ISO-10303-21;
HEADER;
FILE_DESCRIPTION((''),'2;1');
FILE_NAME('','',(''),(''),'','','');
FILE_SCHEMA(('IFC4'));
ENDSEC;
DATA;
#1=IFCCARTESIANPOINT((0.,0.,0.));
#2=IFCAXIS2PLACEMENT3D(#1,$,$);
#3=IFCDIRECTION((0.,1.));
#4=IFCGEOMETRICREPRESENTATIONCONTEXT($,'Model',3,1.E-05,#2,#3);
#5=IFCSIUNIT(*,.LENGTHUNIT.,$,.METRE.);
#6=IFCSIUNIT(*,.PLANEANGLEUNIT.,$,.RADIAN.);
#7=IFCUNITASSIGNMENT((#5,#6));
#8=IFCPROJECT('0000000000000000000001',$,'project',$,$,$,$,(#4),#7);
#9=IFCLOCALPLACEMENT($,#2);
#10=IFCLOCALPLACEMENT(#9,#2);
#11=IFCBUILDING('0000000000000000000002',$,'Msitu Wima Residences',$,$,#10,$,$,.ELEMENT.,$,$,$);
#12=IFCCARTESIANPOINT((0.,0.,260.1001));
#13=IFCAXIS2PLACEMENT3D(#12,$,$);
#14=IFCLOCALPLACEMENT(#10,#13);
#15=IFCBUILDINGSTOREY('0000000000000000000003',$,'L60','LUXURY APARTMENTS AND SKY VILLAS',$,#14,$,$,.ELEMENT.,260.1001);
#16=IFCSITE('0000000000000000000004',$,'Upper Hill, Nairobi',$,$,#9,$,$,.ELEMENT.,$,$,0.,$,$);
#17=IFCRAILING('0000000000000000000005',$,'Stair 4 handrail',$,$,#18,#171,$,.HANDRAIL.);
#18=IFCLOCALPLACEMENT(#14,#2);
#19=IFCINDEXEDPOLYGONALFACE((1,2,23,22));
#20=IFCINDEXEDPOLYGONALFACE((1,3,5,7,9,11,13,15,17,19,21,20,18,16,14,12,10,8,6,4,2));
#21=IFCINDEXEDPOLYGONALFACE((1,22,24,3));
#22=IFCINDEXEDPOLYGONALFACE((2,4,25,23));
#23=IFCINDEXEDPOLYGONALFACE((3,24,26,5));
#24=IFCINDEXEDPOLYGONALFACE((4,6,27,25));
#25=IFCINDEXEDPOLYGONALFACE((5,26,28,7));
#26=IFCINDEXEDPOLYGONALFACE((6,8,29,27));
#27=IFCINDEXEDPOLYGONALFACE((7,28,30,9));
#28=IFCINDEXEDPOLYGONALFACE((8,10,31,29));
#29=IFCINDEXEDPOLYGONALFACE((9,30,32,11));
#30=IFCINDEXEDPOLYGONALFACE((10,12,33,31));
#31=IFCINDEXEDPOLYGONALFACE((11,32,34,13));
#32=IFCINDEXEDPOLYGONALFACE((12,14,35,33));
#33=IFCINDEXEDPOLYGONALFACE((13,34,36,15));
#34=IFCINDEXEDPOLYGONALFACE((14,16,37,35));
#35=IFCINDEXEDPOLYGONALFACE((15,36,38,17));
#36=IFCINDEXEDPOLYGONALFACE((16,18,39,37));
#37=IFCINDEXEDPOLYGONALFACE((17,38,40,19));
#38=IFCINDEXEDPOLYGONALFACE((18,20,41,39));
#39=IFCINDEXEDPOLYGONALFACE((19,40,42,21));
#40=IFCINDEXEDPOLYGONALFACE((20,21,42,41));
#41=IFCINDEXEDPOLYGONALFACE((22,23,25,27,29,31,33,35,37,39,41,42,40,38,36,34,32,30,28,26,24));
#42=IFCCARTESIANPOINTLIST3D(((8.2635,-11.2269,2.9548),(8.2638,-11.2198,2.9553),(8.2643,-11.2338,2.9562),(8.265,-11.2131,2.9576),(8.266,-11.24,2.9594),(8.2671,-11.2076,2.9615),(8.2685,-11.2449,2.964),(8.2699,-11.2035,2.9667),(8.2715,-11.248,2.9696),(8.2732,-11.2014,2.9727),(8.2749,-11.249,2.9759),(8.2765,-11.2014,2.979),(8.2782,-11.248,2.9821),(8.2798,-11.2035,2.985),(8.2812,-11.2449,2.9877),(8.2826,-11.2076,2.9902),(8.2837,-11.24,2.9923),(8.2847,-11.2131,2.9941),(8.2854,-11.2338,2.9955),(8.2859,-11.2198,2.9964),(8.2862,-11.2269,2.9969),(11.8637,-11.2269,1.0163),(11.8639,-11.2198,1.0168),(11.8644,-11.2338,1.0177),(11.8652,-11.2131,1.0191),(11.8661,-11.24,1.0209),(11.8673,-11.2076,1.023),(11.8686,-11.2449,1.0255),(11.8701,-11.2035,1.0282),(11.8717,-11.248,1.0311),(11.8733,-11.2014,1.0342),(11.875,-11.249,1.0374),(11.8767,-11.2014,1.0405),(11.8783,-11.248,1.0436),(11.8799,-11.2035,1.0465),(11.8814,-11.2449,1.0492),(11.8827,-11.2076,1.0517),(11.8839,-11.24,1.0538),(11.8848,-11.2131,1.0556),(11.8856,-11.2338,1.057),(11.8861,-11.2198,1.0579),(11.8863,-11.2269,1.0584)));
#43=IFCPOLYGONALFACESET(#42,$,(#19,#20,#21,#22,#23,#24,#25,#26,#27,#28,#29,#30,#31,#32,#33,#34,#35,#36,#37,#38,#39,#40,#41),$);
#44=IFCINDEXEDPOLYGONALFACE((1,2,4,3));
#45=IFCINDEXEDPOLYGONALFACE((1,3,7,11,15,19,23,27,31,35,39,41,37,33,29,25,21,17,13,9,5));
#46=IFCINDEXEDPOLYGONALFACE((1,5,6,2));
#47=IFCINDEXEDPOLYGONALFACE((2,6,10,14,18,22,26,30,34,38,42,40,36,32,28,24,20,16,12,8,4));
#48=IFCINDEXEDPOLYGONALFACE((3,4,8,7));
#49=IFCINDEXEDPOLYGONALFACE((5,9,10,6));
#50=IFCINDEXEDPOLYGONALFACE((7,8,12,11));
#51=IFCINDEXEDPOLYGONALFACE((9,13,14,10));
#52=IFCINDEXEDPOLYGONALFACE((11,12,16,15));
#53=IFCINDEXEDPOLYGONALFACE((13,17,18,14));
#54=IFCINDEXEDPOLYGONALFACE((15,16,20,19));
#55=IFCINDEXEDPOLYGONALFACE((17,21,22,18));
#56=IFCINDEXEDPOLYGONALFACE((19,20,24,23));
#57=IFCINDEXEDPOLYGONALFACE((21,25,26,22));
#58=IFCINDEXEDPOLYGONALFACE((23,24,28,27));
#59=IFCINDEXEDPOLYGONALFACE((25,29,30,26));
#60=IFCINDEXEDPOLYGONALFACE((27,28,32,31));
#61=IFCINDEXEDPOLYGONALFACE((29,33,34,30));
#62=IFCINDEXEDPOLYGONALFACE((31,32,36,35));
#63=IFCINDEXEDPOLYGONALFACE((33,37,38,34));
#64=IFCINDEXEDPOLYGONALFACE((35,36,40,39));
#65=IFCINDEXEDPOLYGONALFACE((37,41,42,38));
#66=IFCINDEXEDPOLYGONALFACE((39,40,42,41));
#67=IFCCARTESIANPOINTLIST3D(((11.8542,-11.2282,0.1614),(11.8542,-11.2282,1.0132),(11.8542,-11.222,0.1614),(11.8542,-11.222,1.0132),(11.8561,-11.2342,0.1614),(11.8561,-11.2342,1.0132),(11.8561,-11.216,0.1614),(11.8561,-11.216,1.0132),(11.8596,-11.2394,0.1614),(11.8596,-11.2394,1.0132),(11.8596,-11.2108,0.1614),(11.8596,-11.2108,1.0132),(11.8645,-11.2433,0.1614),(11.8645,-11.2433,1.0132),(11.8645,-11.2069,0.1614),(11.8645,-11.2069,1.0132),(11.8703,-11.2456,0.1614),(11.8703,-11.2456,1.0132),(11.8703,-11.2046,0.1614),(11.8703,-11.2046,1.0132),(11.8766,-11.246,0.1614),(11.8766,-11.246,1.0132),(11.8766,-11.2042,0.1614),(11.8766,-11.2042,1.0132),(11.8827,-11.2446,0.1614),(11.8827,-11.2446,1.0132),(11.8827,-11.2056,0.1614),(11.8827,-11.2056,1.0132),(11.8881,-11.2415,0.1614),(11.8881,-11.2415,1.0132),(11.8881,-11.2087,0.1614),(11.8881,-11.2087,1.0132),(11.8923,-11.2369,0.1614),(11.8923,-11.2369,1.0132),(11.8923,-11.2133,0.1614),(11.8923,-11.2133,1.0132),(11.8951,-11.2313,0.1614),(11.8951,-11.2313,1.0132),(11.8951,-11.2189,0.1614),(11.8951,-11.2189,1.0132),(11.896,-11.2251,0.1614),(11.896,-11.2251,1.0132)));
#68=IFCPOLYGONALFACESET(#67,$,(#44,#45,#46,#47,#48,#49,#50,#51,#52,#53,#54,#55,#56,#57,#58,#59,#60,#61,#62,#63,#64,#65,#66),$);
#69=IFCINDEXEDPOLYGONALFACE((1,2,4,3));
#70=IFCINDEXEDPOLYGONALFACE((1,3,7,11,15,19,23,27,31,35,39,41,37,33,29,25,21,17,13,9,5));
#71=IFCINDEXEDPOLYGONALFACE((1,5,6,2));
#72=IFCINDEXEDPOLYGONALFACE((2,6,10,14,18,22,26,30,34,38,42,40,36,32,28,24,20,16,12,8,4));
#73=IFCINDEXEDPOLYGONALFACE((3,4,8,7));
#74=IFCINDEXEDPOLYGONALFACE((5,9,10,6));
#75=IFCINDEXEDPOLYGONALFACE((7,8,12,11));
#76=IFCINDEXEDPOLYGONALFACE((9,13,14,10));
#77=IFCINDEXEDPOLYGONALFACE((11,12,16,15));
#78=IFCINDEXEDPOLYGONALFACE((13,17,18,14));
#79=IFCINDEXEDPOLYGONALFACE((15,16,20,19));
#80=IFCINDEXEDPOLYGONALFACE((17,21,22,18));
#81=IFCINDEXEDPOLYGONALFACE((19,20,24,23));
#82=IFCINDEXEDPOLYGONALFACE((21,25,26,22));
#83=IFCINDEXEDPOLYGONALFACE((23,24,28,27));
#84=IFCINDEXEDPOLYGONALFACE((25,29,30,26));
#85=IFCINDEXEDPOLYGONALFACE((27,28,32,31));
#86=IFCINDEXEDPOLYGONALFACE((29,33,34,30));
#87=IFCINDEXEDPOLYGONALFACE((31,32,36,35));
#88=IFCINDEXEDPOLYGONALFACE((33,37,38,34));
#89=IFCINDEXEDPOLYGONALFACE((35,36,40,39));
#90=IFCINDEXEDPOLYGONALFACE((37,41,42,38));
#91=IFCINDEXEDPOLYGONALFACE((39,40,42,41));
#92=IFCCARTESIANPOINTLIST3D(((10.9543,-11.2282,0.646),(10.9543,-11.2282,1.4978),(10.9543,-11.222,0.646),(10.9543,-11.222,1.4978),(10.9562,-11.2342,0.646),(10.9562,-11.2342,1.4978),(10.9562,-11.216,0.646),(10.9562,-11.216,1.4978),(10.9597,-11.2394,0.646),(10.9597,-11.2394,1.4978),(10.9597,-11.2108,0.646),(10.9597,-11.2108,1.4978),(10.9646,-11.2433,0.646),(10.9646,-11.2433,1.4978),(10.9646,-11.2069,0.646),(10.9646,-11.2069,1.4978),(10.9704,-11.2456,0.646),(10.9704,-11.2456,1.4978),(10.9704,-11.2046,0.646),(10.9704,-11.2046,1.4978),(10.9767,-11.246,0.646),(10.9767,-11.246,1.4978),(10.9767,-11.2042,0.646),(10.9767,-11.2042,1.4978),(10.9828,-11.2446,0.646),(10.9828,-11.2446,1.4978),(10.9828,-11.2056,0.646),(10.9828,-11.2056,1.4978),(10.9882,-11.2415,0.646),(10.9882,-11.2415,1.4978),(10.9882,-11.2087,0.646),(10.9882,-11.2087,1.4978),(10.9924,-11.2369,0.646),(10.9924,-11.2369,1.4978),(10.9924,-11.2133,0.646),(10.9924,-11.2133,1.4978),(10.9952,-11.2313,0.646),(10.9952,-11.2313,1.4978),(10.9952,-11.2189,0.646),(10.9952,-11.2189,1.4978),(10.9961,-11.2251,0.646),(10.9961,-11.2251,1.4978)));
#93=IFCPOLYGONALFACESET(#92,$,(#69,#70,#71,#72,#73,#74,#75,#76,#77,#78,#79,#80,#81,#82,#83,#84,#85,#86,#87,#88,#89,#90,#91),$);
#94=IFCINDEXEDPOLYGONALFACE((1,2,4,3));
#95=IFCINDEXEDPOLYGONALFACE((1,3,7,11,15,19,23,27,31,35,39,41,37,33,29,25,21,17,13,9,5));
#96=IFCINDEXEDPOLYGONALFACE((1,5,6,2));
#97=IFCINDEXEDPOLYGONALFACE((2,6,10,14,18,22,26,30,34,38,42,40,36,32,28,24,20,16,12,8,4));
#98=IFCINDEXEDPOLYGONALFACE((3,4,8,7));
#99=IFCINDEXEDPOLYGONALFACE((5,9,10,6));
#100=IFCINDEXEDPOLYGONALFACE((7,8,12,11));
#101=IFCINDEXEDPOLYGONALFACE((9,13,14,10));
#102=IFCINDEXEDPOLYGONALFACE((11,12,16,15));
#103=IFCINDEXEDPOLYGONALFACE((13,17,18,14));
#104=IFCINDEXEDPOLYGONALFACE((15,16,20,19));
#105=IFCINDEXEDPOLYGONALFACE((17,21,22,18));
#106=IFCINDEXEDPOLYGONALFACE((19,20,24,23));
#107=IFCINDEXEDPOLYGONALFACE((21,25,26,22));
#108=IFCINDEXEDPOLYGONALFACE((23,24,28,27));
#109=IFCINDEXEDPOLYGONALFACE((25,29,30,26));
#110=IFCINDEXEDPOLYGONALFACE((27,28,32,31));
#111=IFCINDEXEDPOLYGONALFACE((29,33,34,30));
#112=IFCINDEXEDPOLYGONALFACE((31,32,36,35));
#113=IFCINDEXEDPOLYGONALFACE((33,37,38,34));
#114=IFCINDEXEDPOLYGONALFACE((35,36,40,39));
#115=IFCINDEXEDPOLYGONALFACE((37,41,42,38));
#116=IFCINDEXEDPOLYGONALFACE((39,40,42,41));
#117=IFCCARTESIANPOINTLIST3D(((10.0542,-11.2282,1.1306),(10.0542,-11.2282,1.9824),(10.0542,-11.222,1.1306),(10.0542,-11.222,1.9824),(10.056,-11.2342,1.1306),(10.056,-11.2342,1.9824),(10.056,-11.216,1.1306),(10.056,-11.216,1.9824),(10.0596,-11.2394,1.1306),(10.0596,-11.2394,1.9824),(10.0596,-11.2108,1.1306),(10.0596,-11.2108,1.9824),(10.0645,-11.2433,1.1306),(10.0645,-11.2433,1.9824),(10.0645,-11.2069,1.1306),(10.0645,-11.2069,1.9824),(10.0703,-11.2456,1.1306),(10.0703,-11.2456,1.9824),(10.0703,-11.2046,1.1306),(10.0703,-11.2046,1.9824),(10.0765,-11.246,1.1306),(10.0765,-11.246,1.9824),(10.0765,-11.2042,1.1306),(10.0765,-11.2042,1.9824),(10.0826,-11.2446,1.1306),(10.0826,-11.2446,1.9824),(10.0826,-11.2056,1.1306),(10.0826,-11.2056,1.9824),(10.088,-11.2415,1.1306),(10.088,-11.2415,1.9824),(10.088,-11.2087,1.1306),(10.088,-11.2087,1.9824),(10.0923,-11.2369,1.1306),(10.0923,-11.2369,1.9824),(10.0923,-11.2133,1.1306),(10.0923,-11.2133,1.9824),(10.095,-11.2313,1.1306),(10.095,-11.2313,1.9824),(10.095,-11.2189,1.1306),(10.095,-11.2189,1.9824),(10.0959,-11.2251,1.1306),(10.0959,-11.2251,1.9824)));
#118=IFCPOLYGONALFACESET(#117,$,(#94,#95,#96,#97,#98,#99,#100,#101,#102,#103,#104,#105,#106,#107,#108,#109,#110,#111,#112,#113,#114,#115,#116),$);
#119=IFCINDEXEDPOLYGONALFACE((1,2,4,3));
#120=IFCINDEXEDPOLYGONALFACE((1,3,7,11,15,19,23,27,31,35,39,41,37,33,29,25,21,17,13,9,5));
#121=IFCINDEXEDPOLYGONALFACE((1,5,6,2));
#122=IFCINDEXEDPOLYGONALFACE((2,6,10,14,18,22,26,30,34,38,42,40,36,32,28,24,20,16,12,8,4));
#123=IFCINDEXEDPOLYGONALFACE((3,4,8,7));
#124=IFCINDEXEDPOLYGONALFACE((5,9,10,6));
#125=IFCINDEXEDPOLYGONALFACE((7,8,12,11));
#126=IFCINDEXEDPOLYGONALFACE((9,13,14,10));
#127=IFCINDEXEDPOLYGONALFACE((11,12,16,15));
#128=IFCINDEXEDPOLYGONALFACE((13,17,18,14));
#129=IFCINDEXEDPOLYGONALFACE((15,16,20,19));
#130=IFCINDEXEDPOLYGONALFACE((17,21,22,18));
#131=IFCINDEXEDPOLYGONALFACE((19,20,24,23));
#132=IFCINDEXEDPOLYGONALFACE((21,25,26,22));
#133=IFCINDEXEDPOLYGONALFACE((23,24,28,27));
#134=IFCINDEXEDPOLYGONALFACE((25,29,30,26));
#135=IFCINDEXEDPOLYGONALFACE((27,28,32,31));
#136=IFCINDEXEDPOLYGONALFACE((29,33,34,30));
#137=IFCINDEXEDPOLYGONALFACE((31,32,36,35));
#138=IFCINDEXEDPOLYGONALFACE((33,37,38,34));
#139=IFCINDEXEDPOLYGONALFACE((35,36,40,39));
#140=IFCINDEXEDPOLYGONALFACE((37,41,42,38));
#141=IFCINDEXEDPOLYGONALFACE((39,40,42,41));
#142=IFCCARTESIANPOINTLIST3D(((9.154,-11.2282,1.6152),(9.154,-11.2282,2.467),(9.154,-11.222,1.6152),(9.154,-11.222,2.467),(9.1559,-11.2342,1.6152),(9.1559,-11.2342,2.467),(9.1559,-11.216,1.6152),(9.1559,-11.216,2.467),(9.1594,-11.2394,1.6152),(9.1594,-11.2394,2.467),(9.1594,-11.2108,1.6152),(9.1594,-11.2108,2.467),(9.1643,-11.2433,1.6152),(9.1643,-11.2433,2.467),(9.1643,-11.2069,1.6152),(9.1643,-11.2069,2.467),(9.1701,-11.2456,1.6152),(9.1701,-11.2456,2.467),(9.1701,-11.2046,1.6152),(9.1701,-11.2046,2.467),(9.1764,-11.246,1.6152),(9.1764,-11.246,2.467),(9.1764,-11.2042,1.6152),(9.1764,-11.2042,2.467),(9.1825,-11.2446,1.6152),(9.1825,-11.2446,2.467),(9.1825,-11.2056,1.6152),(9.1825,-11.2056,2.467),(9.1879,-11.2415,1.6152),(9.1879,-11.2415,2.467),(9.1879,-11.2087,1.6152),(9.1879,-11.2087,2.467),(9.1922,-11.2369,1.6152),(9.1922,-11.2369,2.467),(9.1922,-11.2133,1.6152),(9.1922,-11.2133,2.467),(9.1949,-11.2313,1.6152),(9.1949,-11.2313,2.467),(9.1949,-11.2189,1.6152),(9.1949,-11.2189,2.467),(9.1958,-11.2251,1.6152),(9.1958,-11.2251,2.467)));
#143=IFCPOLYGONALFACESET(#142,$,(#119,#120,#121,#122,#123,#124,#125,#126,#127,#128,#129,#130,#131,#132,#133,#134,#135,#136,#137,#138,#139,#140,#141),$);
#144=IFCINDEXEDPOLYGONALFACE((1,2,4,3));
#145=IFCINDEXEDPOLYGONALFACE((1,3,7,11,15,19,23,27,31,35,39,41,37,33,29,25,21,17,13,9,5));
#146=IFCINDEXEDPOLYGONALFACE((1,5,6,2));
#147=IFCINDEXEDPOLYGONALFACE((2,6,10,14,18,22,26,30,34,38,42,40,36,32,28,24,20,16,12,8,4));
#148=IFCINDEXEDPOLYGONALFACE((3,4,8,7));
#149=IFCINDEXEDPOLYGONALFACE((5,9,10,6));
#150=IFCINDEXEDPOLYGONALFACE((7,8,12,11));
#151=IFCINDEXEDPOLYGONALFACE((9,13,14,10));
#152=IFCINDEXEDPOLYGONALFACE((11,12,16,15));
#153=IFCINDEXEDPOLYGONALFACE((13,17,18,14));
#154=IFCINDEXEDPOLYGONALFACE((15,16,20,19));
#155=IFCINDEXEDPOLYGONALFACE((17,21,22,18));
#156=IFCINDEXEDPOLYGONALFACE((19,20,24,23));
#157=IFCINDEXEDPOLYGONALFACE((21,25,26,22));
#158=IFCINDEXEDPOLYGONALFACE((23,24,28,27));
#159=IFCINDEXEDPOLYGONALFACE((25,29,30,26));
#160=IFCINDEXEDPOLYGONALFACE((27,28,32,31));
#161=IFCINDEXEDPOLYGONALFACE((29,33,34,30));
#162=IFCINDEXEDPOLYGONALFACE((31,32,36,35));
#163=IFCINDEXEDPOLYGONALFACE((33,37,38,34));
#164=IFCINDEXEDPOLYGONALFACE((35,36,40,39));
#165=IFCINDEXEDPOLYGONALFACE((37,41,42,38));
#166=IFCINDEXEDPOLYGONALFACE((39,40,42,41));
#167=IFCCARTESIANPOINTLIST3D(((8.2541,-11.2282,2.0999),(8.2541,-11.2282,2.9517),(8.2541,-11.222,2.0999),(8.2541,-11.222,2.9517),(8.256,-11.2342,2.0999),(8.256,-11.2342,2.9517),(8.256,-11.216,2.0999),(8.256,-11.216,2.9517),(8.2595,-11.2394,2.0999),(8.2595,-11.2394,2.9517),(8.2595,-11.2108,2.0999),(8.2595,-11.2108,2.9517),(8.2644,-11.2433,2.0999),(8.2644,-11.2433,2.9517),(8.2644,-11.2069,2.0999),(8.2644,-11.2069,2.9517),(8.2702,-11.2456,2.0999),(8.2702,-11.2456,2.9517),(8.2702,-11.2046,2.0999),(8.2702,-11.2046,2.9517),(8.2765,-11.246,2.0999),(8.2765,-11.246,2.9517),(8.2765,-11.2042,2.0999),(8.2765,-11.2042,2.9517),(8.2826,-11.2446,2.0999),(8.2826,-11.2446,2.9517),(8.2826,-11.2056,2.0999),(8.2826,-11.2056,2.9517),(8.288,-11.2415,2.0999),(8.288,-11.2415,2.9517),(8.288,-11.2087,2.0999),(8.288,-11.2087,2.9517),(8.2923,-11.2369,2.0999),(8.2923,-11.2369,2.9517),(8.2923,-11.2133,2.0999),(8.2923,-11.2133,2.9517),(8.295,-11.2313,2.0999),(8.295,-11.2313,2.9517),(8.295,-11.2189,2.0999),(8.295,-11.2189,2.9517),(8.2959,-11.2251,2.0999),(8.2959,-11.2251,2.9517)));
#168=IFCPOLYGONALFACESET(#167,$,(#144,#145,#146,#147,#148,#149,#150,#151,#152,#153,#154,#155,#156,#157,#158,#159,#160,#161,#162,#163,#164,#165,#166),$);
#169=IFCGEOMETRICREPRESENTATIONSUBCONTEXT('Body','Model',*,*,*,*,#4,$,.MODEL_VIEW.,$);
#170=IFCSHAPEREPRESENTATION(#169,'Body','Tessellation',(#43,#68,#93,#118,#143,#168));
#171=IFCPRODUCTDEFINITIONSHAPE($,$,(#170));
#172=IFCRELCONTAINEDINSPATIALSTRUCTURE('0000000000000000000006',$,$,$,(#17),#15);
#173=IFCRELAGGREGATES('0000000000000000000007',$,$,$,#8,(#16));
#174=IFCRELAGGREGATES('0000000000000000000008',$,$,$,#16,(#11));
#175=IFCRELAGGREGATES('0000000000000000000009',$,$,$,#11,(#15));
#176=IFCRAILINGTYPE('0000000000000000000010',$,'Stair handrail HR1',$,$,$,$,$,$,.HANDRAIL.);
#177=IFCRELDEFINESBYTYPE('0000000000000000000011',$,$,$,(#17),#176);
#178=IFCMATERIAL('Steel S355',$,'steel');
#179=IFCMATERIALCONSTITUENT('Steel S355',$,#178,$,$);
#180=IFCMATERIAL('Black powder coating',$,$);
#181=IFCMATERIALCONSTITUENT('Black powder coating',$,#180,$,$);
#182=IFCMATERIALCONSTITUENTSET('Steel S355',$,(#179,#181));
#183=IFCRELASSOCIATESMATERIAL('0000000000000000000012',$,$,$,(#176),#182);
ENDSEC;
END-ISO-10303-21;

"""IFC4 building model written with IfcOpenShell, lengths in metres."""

from ifc_helpers import new_model, si_unit, direction, frame, origin, origin_2d, place, context, subcontext, project, spatial, circle, extrude, material, constituent, constituent_set, type_object, element, save


model = new_model("IFC4")

# Units and contexts
model_context = context("Model", 3, precision=1e-05, world=origin(), true_north=direction((0.0, 1.0)))
body_context = subcontext(model_context, "Body", "Model", "MODEL_VIEW")
ifc_project = project(units=[si_unit("LENGTHUNIT", "METRE"), si_unit("PLANEANGLEUNIT", "RADIAN")], contexts=[model_context])

# Site, building, storey
site_placement = place(None, origin())
site = spatial("IfcSite", under=ifc_project, at=site_placement, Name="Upper Hill, Nairobi", CompositionType="ELEMENT", RefElevation=0.0)
building_placement = place(site_placement, origin())
building = spatial("IfcBuilding", under=site, at=building_placement, Name="Msitu Wima Residences", CompositionType="ELEMENT")
storey_placement = place(building_placement, frame((0.0, 0.0, 260.1001)))
storey = spatial("IfcBuildingStorey", under=building, at=storey_placement, Name="L60", Description="LUXURY APARTMENTS AND SKY VILLAS", CompositionType="ELEMENT", Elevation=260.1001)

# Railing
ifc_material_1 = material(Name="Steel S355", Category="steel")
ifc_constituent_1 = constituent(ifc_material_1, Name="Steel S355")
ifc_material_2 = material(Name="Black powder coating")
ifc_constituent_2 = constituent(ifc_material_2, Name="Black powder coating")
ifc_constituent_set = constituent_set(constituents=[ifc_constituent_1, ifc_constituent_2], Name="Steel S355")
railing_type = type_object("IfcRailingType", Name="Stair handrail HR1", PredefinedType="HANDRAIL", material=ifc_constituent_set)
for number, where, name in (
    (1, (11.875, -11.2251, 0.1614), "Stair 4 handrail"),
):
    element("IfcRailing", number, at=place(storey_placement, frame(where)), inside=storey, type_object=railing_type, Name=name, PredefinedType="HANDRAIL", context=body_context, shape_type="SweptSolid", body=[
        extrude(circle(Radius=0.0239, at=origin_2d()), frame((0.0, 0.0, 0.876), z_axis=(-0.880475, 0.0, 0.474093), x_axis=(0.0, -1.0, 0.0)), (0.0, 0.0, 1.0), 4.0889),
        extrude(circle(Radius=0.021, at=origin_2d()), origin(), (0.0, 0.0, 1.0), 0.8518),
        extrude(circle(Radius=0.021, at=origin_2d()), frame((-0.8999, 0.0, 0.4846)), (0.0, 0.0, 1.0), 0.8518),
        extrude(circle(Radius=0.021, at=origin_2d()), frame((-1.8, 0.0, 0.9692)), (0.0, 0.0, 1.0), 0.8518),
        extrude(circle(Radius=0.021, at=origin_2d()), frame((-2.7002, 0.0, 1.4539)), (0.0, 0.0, 1.0), 0.8518),
        extrude(circle(Radius=0.021, at=origin_2d()), frame((-3.6001, 0.0, 1.9385)), (0.0, 0.0, 1.0), 0.8518),
    ])

save(model, "model.ifc")
